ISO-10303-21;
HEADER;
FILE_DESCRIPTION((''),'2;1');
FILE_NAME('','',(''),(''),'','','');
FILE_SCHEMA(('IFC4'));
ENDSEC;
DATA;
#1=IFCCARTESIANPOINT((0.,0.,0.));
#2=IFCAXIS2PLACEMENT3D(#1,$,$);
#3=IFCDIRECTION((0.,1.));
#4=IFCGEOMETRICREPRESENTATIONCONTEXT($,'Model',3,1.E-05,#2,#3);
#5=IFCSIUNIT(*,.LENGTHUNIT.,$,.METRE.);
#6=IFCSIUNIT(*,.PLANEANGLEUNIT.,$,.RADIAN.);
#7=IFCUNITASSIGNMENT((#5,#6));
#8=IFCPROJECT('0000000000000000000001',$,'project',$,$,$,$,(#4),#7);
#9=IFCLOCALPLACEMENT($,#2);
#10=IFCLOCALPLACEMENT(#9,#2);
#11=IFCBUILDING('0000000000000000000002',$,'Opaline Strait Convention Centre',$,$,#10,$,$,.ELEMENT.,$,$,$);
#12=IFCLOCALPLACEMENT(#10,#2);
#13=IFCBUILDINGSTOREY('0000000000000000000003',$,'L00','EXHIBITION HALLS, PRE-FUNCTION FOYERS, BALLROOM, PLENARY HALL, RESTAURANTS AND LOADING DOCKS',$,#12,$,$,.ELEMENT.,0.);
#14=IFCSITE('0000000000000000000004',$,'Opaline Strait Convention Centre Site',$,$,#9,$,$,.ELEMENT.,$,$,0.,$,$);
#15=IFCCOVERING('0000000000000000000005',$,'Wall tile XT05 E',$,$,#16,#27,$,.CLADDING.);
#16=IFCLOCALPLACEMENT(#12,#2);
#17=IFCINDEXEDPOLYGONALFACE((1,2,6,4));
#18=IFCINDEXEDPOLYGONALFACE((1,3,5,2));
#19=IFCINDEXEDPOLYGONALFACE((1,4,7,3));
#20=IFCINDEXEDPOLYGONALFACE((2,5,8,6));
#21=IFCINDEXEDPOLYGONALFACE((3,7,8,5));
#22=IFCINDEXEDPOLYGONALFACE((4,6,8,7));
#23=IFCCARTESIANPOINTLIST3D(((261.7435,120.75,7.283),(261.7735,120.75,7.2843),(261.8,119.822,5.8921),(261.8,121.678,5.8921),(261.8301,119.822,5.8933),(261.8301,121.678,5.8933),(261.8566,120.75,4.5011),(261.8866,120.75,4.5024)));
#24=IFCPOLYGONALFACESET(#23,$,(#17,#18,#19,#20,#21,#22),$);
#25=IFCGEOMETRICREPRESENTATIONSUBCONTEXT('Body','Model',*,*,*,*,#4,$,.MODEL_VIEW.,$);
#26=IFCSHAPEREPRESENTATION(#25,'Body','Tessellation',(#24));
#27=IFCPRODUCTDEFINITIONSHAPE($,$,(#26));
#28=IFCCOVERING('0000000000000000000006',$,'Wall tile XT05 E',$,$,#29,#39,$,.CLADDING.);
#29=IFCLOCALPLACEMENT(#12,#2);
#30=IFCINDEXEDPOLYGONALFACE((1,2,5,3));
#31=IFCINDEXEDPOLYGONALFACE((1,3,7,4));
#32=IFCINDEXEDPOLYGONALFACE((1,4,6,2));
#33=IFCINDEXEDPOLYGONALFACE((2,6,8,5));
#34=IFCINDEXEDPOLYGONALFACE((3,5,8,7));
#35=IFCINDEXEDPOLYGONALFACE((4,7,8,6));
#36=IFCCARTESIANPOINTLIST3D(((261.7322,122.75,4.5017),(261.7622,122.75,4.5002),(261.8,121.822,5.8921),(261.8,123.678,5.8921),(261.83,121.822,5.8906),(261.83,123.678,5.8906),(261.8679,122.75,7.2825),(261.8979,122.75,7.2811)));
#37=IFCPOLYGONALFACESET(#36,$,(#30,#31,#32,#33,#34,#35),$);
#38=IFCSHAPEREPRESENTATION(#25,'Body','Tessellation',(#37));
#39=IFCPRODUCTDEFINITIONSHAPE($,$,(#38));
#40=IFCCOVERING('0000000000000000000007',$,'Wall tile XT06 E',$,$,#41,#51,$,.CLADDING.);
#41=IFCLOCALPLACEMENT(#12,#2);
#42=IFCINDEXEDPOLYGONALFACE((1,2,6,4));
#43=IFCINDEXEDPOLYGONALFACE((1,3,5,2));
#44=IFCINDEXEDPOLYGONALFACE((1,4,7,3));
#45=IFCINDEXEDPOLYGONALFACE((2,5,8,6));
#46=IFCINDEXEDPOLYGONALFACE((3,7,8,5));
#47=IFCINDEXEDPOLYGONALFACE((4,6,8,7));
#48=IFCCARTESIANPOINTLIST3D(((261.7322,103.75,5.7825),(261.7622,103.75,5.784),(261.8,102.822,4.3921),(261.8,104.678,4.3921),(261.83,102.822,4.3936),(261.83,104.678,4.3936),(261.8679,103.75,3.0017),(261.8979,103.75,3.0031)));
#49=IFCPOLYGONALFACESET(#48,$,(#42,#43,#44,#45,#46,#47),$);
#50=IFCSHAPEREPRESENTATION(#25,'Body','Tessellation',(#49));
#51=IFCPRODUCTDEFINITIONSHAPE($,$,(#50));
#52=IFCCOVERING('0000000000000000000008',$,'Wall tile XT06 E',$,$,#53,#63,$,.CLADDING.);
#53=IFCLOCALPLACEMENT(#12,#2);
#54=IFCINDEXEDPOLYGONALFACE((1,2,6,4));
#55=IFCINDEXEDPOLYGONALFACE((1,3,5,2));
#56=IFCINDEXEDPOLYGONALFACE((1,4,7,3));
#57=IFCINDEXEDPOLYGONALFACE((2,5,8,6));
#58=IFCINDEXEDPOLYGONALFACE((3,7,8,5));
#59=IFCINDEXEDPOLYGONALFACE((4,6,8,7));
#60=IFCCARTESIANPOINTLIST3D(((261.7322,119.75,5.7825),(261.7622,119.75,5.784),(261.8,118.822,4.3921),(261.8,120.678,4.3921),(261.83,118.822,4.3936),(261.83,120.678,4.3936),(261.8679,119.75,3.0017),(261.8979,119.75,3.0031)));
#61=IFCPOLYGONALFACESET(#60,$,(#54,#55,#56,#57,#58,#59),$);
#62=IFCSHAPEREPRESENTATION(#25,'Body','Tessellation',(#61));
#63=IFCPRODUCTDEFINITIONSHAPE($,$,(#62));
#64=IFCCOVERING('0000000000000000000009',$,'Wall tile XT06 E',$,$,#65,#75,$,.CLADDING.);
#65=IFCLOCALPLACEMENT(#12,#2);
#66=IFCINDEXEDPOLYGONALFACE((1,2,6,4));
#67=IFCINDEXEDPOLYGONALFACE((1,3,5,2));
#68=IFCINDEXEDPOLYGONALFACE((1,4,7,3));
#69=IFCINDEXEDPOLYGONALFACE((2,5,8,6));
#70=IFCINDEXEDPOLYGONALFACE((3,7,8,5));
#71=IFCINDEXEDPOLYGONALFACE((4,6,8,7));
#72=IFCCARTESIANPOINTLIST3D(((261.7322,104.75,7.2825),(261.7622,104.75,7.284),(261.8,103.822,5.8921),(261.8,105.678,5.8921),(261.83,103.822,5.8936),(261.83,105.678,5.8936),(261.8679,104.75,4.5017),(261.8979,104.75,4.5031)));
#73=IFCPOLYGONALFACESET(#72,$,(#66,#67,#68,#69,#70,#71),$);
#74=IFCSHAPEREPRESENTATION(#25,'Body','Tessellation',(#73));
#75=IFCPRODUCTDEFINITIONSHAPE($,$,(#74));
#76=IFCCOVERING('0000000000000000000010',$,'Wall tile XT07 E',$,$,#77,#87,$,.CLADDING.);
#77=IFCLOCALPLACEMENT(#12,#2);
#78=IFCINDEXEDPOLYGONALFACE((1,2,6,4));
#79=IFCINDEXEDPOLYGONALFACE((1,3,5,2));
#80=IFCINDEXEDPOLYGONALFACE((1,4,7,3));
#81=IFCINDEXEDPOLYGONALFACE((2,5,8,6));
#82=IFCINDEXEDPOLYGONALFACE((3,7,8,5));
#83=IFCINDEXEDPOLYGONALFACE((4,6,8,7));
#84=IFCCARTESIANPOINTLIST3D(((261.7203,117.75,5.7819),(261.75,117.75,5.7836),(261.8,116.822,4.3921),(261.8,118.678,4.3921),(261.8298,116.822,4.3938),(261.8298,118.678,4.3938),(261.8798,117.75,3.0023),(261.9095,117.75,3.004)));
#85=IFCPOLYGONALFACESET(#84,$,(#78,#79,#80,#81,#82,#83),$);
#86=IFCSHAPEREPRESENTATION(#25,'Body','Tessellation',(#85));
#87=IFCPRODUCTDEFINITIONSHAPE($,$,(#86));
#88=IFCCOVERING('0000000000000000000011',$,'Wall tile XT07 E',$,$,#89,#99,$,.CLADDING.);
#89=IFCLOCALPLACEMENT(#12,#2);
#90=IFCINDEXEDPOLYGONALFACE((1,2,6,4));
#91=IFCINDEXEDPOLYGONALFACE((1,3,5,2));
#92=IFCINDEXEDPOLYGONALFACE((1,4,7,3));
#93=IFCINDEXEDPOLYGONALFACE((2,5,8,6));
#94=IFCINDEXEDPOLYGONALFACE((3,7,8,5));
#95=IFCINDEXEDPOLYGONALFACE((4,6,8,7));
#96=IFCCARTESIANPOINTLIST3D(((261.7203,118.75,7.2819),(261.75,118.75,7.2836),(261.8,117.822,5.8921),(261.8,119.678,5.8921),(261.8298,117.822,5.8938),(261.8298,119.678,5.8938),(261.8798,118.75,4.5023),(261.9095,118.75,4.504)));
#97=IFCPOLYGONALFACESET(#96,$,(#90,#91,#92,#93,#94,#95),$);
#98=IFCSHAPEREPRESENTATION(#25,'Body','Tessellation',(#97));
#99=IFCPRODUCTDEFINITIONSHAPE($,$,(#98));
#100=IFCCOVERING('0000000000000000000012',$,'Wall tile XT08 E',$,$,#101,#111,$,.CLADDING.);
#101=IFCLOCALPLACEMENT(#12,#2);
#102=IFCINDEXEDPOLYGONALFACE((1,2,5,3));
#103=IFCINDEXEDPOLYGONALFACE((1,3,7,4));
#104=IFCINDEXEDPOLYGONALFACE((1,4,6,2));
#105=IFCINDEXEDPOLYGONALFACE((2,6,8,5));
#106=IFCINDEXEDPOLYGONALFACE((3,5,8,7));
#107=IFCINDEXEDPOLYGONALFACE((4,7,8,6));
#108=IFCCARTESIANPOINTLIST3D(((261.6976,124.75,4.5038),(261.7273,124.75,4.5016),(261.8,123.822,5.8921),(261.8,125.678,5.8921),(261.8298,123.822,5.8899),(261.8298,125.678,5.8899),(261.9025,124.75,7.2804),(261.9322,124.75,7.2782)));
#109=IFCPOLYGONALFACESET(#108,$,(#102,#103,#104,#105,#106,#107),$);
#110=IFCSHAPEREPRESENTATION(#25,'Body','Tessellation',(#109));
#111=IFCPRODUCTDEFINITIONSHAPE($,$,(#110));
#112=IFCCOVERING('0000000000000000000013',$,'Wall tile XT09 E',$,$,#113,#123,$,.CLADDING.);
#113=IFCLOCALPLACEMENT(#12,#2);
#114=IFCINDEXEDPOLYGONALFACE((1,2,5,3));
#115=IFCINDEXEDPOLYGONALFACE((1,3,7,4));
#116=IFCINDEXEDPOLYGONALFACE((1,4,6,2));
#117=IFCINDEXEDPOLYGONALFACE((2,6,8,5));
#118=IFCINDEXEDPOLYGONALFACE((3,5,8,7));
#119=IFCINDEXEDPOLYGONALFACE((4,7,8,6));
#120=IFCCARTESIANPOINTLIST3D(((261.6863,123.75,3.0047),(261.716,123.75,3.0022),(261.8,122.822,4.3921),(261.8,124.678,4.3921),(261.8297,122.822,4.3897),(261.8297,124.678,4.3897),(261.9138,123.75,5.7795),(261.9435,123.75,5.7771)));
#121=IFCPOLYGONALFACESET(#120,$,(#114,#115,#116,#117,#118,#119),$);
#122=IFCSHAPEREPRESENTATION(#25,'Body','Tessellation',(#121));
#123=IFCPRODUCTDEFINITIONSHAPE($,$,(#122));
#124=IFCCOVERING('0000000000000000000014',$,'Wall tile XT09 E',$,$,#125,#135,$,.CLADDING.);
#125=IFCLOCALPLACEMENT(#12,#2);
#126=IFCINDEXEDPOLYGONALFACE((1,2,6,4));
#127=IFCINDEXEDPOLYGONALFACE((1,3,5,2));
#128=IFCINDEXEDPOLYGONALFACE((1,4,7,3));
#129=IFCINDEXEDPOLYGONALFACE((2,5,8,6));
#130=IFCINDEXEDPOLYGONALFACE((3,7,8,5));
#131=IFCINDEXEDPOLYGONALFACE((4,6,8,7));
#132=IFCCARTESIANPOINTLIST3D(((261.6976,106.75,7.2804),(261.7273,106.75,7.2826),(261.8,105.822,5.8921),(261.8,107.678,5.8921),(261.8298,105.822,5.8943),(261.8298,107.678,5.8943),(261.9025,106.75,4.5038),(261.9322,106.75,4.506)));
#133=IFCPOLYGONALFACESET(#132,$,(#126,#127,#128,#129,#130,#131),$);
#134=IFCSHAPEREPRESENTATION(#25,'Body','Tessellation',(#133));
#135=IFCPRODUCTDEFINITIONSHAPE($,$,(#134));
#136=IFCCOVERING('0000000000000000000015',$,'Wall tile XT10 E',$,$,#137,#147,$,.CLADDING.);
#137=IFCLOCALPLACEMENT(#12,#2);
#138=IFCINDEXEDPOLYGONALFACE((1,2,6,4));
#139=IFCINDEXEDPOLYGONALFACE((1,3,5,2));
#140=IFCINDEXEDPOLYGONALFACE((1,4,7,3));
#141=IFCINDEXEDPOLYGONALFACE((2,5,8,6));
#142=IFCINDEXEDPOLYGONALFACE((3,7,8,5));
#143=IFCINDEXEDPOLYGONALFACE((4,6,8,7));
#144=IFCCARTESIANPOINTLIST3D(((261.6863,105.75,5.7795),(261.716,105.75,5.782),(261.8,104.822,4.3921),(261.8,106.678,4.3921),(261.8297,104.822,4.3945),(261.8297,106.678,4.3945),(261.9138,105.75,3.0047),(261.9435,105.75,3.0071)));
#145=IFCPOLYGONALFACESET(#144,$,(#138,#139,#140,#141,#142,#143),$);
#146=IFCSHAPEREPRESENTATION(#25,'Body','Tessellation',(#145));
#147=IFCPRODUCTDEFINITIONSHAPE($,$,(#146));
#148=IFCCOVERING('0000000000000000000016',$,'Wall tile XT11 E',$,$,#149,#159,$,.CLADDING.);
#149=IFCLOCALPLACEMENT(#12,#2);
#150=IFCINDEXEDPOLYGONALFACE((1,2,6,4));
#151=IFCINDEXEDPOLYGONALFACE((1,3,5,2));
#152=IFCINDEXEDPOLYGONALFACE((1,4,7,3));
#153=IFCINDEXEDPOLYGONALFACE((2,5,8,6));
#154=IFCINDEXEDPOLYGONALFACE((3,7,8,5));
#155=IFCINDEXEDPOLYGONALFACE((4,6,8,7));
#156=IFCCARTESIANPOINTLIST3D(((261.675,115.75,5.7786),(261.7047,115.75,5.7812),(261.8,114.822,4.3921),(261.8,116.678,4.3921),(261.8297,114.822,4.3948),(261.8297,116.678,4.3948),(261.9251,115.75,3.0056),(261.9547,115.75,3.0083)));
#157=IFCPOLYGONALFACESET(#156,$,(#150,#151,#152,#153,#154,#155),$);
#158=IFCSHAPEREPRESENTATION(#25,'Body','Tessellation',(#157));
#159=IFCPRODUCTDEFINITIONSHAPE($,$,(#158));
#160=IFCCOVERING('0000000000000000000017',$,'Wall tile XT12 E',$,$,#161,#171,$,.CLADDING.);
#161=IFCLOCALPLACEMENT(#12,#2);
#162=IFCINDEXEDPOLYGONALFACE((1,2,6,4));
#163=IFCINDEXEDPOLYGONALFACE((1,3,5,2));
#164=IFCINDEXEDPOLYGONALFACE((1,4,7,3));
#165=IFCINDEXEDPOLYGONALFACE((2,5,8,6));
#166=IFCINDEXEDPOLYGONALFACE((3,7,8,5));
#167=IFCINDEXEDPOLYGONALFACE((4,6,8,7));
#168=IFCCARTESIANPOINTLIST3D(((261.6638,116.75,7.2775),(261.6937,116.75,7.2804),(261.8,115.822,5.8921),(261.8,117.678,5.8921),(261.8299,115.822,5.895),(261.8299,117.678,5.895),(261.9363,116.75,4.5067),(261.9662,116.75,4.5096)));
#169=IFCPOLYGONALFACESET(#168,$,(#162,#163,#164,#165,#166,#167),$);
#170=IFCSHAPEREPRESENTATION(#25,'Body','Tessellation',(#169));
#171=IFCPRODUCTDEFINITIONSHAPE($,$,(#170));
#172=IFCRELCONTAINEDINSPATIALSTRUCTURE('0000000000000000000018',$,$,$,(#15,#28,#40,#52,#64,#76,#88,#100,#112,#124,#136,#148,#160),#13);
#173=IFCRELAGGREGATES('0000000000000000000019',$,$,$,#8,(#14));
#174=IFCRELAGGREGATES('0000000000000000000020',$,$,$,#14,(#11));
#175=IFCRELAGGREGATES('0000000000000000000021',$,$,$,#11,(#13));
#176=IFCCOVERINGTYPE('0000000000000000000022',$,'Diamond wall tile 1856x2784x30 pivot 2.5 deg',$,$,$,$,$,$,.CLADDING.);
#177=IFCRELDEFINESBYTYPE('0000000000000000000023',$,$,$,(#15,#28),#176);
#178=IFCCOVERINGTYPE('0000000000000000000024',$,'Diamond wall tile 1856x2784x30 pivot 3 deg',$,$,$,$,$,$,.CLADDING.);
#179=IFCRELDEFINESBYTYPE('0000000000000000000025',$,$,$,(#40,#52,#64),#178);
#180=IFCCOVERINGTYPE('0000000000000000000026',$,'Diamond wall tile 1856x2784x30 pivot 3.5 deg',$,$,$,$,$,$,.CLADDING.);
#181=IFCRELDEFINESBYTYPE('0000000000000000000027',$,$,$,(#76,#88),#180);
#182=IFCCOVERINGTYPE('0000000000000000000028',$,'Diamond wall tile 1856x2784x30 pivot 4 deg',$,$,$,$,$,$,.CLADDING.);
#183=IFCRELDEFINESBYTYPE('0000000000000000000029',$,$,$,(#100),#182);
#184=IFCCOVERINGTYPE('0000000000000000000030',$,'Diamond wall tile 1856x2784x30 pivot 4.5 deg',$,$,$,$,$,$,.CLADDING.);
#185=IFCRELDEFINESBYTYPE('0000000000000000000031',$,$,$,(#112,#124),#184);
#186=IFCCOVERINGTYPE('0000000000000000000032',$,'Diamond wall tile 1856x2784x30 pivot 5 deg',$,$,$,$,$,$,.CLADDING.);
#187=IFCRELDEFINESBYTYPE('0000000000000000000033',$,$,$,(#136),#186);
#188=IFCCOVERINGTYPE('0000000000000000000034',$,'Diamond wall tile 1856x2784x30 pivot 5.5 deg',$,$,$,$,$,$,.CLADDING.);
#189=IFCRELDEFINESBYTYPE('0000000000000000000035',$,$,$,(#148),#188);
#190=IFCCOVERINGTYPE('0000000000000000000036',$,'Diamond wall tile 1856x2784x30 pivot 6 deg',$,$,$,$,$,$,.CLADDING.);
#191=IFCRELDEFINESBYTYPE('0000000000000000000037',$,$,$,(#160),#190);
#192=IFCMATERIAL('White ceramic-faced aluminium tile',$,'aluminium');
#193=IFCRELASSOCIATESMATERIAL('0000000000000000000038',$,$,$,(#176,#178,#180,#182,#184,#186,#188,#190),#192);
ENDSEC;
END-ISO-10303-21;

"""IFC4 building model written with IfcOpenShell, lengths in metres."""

from ifc_helpers import new_model, si_unit, direction, frame, origin, place, context, subcontext, project, spatial, polyline, outline, extrude, material, material_profile, profile_set, type_object, element, save


model = new_model("IFC4")

# Units and contexts
model_context = context("Model", 3, precision=1e-05, world=origin(), true_north=direction((0.0, 1.0)))
body_context = subcontext(model_context, "Body", "Model", "MODEL_VIEW")
ifc_project = project(units=[si_unit("LENGTHUNIT", "METRE"), si_unit("PLANEANGLEUNIT", "RADIAN")], contexts=[model_context])

# Site, building, storey
site_placement = place(None, origin())
site = spatial("IfcSite", under=ifc_project, at=site_placement, Name="Opaline Strait Convention Centre Site", CompositionType="ELEMENT", RefElevation=0.0)
building_placement = place(site_placement, origin())
building = spatial("IfcBuilding", under=site, at=building_placement, Name="Opaline Strait Convention Centre", CompositionType="ELEMENT")
storey_placement = place(building_placement, origin())
storey = spatial("IfcBuildingStorey", under=building, at=storey_placement, Name="L00", Description="EXHIBITION HALLS, PRE-FUNCTION FOYERS, BALLROOM, PLENARY HALL, RESTAURANTS AND LOADING DOCKS", CompositionType="ELEMENT", Elevation=0.0)

# Coverings
ifc_material_1 = material(Name="White ceramic-faced aluminium tile", Category="aluminium")
ifc_material_profile_1 = material_profile(ifc_material_1, outline(polyline([(0.928, 0.0), (0.0, 1.3921), (-0.928, 0.0), (0.0, -1.3921), (0.928, 0.0)])), Name="Diamond tile 1856x2784")
ifc_profile_set_1 = profile_set([ifc_material_profile_1], Name="White ceramic-faced aluminium tile")
covering_type_1 = type_object("IfcCoveringType", Name="Diamond wall tile 1856x2784x30 pivot 2.5 deg", PredefinedType="CLADDING", material=ifc_profile_set_1)
for number, where, z_axis, x_axis, name in (
    (1, (261.8, 120.75, 5.8921), (0.999175, 0.0, 0.040617), (0.0, 1.0, 0.0), "Wall tile XT05 E"),
    (2, (261.8, 122.75, 5.8921), (0.998812, 0.0, -0.048723), (0.0, 1.0, 0.0), "Wall tile XT05 E"),
):
    element("IfcCovering", number, at=place(storey_placement, frame(where, z_axis=z_axis, x_axis=x_axis)), inside=storey, type_object=covering_type_1, Name=name, PredefinedType="CLADDING", context=body_context, shape_type="SweptSolid", body=[
        extrude(outline(polyline([(0.928, 0.0), (0.0, 1.3921), (-0.928, 0.0), (0.0, -1.3921), (0.928, 0.0)])), origin(), (0.0, 0.0, 1.0), 0.03),
    ])
ifc_material_profile_2 = material_profile(ifc_material_1, outline(polyline([(0.928, 0.0), (0.0, 1.3921), (-0.928, 0.0), (0.0, -1.3921), (0.928, 0.0)])), Name="Diamond tile 1856x2784")
ifc_profile_set_2 = profile_set([ifc_material_profile_2], Name="White ceramic-faced aluminium tile")
covering_type_2 = type_object("IfcCoveringType", Name="Diamond wall tile 1856x2784x30 pivot 3 deg", PredefinedType="CLADDING", material=ifc_profile_set_2)
for number, where, z_axis, x_axis, name in (
    (3, (261.8, 103.75, 4.3921), (0.998812, 0.0, 0.048723), (0.0, 1.0, 0.0), "Wall tile XT06 E"),
    (4, (261.8, 119.75, 4.3921), (0.998812, 0.0, 0.048723), (0.0, 1.0, 0.0), "Wall tile XT06 E"),
    (5, (261.8, 104.75, 5.8921), (0.998812, 0.0, 0.048723), (0.0, 1.0, 0.0), "Wall tile XT06 E"),
):
    element("IfcCovering", number, at=place(storey_placement, frame(where, z_axis=z_axis, x_axis=x_axis)), inside=storey, type_object=covering_type_2, Name=name, PredefinedType="CLADDING", context=body_context, shape_type="SweptSolid", body=[
        extrude(outline(polyline([(0.928, 0.0), (0.0, 1.3921), (-0.928, 0.0), (0.0, -1.3921), (0.928, 0.0)])), origin(), (0.0, 0.0, 1.0), 0.03),
    ])
ifc_material_profile_3 = material_profile(ifc_material_1, outline(polyline([(0.928, 0.0), (0.0, 1.3921), (-0.928, 0.0), (0.0, -1.3921), (0.928, 0.0)])), Name="Diamond tile 1856x2784")
ifc_profile_set_3 = profile_set([ifc_material_profile_3], Name="White ceramic-faced aluminium tile")
covering_type_3 = type_object("IfcCoveringType", Name="Diamond wall tile 1856x2784x30 pivot 3.5 deg", PredefinedType="CLADDING", material=ifc_profile_set_3)
for number, where, z_axis, x_axis, name in (
    (6, (261.8, 117.75, 4.3921), (0.998358, 0.0, 0.057283), (0.0, 1.0, 0.0), "Wall tile XT07 E"),
    (7, (261.8, 118.75, 5.8921), (0.998358, 0.0, 0.057283), (0.0, 1.0, 0.0), "Wall tile XT07 E"),
):
    element("IfcCovering", number, at=place(storey_placement, frame(where, z_axis=z_axis, x_axis=x_axis)), inside=storey, type_object=covering_type_3, Name=name, PredefinedType="CLADDING", context=body_context, shape_type="SweptSolid", body=[
        extrude(outline(polyline([(0.928, 0.0), (0.0, 1.3921), (-0.928, 0.0), (0.0, -1.3921), (0.928, 0.0)])), origin(), (0.0, 0.0, 1.0), 0.0298),
    ])
ifc_material_profile_4 = material_profile(ifc_material_1, outline(polyline([(0.928, 0.0), (0.0, 1.3921), (-0.928, 0.0), (0.0, -1.3921), (0.928, 0.0)])), Name="Diamond tile 1856x2784")
ifc_profile_set_4 = profile_set([ifc_material_profile_4], Name="White ceramic-faced aluminium tile")
covering_type_4 = type_object("IfcCoveringType", Name="Diamond wall tile 1856x2784x30 pivot 4 deg", PredefinedType="CLADDING", material=ifc_profile_set_4)
covering_1_placement = place(storey_placement, frame((261.8, 124.75, 5.8921), z_axis=(0.99729, 0.0, -0.073571), x_axis=(0.0, 1.0, 0.0)))
element("IfcCovering", 8, at=covering_1_placement, inside=storey, type_object=covering_type_4, Name="Wall tile XT08 E", PredefinedType="CLADDING", context=body_context, shape_type="SweptSolid", body=[
    extrude(outline(polyline([(0.928, 0.0), (0.0, 1.3921), (-0.928, 0.0), (0.0, -1.3921), (0.928, 0.0)])), origin(), (0.0, 0.0, 1.0), 0.0298),
])
ifc_material_profile_5 = material_profile(ifc_material_1, outline(polyline([(0.928, 0.0), (0.0, 1.3921), (-0.928, 0.0), (0.0, -1.3921), (0.928, 0.0)])), Name="Diamond tile 1856x2784")
ifc_profile_set_5 = profile_set([ifc_material_profile_5], Name="White ceramic-faced aluminium tile")
covering_type_5 = type_object("IfcCoveringType", Name="Diamond wall tile 1856x2784x30 pivot 4.5 deg", PredefinedType="CLADDING", material=ifc_profile_set_5)
for number, where, z_axis, x_axis, name in (
    (9, (261.8, 123.75, 4.3921), (0.996658, 0.0, -0.081693), (0.0, 1.0, 0.0), "Wall tile XT09 E"),
    (10, (261.8, 106.75, 5.8921), (0.99729, 0.0, 0.073571), (0.0, 1.0, 0.0), "Wall tile XT09 E"),
):
    element("IfcCovering", number, at=place(storey_placement, frame(where, z_axis=z_axis, x_axis=x_axis)), inside=storey, type_object=covering_type_5, Name=name, PredefinedType="CLADDING", context=body_context, shape_type="SweptSolid", body=[
        extrude(outline(polyline([(0.928, 0.0), (0.0, 1.3921), (-0.928, 0.0), (0.0, -1.3921), (0.928, 0.0)])), origin(), (0.0, 0.0, 1.0), 0.0298),
    ])
ifc_material_profile_6 = material_profile(ifc_material_1, outline(polyline([(0.928, 0.0), (0.0, 1.3921), (-0.928, 0.0), (0.0, -1.3921), (0.928, 0.0)])), Name="Diamond tile 1856x2784")
ifc_profile_set_6 = profile_set([ifc_material_profile_6], Name="White ceramic-faced aluminium tile")
covering_type_6 = type_object("IfcCoveringType", Name="Diamond wall tile 1856x2784x30 pivot 5 deg", PredefinedType="CLADDING", material=ifc_profile_set_6)
covering_2_placement = place(storey_placement, frame((261.8, 105.75, 4.3921), z_axis=(0.996658, 0.0, 0.081693), x_axis=(0.0, 1.0, 0.0)))
element("IfcCovering", 11, at=covering_2_placement, inside=storey, type_object=covering_type_6, Name="Wall tile XT10 E", PredefinedType="CLADDING", context=body_context, shape_type="SweptSolid", body=[
    extrude(outline(polyline([(0.928, 0.0), (0.0, 1.3921), (-0.928, 0.0), (0.0, -1.3921), (0.928, 0.0)])), origin(), (0.0, 0.0, 1.0), 0.0298),
])
ifc_material_profile_7 = material_profile(ifc_material_1, outline(polyline([(0.928, 0.0), (0.0, 1.3921), (-0.928, 0.0), (0.0, -1.3921), (0.928, 0.0)])), Name="Diamond tile 1856x2784")
ifc_profile_set_7 = profile_set([ifc_material_profile_7], Name="White ceramic-faced aluminium tile")
covering_type_7 = type_object("IfcCoveringType", Name="Diamond wall tile 1856x2784x30 pivot 5.5 deg", PredefinedType="CLADDING", material=ifc_profile_set_7)
covering_3_placement = place(storey_placement, frame((261.8, 115.75, 4.3921), z_axis=(0.99596, 0.0, 0.0898), x_axis=(0.0, 1.0, 0.0)))
element("IfcCovering", 12, at=covering_3_placement, inside=storey, type_object=covering_type_7, Name="Wall tile XT11 E", PredefinedType="CLADDING", context=body_context, shape_type="SweptSolid", body=[
    extrude(outline(polyline([(0.928, 0.0), (0.0, 1.3921), (-0.928, 0.0), (0.0, -1.3921), (0.928, 0.0)])), origin(), (0.0, 0.0, 1.0), 0.0298),
])
ifc_material_profile_8 = material_profile(ifc_material_1, outline(polyline([(0.928, 0.0), (0.0, 1.3921), (-0.928, 0.0), (0.0, -1.3921), (0.928, 0.0)])), Name="Diamond tile 1856x2784")
ifc_profile_set_8 = profile_set([ifc_material_profile_8], Name="White ceramic-faced aluminium tile")
covering_type_8 = type_object("IfcCoveringType", Name="Diamond wall tile 1856x2784x30 pivot 6 deg", PredefinedType="CLADDING", material=ifc_profile_set_8)
covering_4_placement = place(storey_placement, frame((261.8, 116.75, 5.8921), z_axis=(0.995197, 0.0, 0.097888), x_axis=(0.0, 1.0, 0.0)))
element("IfcCovering", 13, at=covering_4_placement, inside=storey, type_object=covering_type_8, Name="Wall tile XT12 E", PredefinedType="CLADDING", context=body_context, shape_type="SweptSolid", body=[
    extrude(outline(polyline([(0.928, 0.0), (0.0, 1.3921), (-0.928, 0.0), (0.0, -1.3921), (0.928, 0.0)])), origin(), (0.0, 0.0, 1.0), 0.03),
])

save(model, "model.ifc")
